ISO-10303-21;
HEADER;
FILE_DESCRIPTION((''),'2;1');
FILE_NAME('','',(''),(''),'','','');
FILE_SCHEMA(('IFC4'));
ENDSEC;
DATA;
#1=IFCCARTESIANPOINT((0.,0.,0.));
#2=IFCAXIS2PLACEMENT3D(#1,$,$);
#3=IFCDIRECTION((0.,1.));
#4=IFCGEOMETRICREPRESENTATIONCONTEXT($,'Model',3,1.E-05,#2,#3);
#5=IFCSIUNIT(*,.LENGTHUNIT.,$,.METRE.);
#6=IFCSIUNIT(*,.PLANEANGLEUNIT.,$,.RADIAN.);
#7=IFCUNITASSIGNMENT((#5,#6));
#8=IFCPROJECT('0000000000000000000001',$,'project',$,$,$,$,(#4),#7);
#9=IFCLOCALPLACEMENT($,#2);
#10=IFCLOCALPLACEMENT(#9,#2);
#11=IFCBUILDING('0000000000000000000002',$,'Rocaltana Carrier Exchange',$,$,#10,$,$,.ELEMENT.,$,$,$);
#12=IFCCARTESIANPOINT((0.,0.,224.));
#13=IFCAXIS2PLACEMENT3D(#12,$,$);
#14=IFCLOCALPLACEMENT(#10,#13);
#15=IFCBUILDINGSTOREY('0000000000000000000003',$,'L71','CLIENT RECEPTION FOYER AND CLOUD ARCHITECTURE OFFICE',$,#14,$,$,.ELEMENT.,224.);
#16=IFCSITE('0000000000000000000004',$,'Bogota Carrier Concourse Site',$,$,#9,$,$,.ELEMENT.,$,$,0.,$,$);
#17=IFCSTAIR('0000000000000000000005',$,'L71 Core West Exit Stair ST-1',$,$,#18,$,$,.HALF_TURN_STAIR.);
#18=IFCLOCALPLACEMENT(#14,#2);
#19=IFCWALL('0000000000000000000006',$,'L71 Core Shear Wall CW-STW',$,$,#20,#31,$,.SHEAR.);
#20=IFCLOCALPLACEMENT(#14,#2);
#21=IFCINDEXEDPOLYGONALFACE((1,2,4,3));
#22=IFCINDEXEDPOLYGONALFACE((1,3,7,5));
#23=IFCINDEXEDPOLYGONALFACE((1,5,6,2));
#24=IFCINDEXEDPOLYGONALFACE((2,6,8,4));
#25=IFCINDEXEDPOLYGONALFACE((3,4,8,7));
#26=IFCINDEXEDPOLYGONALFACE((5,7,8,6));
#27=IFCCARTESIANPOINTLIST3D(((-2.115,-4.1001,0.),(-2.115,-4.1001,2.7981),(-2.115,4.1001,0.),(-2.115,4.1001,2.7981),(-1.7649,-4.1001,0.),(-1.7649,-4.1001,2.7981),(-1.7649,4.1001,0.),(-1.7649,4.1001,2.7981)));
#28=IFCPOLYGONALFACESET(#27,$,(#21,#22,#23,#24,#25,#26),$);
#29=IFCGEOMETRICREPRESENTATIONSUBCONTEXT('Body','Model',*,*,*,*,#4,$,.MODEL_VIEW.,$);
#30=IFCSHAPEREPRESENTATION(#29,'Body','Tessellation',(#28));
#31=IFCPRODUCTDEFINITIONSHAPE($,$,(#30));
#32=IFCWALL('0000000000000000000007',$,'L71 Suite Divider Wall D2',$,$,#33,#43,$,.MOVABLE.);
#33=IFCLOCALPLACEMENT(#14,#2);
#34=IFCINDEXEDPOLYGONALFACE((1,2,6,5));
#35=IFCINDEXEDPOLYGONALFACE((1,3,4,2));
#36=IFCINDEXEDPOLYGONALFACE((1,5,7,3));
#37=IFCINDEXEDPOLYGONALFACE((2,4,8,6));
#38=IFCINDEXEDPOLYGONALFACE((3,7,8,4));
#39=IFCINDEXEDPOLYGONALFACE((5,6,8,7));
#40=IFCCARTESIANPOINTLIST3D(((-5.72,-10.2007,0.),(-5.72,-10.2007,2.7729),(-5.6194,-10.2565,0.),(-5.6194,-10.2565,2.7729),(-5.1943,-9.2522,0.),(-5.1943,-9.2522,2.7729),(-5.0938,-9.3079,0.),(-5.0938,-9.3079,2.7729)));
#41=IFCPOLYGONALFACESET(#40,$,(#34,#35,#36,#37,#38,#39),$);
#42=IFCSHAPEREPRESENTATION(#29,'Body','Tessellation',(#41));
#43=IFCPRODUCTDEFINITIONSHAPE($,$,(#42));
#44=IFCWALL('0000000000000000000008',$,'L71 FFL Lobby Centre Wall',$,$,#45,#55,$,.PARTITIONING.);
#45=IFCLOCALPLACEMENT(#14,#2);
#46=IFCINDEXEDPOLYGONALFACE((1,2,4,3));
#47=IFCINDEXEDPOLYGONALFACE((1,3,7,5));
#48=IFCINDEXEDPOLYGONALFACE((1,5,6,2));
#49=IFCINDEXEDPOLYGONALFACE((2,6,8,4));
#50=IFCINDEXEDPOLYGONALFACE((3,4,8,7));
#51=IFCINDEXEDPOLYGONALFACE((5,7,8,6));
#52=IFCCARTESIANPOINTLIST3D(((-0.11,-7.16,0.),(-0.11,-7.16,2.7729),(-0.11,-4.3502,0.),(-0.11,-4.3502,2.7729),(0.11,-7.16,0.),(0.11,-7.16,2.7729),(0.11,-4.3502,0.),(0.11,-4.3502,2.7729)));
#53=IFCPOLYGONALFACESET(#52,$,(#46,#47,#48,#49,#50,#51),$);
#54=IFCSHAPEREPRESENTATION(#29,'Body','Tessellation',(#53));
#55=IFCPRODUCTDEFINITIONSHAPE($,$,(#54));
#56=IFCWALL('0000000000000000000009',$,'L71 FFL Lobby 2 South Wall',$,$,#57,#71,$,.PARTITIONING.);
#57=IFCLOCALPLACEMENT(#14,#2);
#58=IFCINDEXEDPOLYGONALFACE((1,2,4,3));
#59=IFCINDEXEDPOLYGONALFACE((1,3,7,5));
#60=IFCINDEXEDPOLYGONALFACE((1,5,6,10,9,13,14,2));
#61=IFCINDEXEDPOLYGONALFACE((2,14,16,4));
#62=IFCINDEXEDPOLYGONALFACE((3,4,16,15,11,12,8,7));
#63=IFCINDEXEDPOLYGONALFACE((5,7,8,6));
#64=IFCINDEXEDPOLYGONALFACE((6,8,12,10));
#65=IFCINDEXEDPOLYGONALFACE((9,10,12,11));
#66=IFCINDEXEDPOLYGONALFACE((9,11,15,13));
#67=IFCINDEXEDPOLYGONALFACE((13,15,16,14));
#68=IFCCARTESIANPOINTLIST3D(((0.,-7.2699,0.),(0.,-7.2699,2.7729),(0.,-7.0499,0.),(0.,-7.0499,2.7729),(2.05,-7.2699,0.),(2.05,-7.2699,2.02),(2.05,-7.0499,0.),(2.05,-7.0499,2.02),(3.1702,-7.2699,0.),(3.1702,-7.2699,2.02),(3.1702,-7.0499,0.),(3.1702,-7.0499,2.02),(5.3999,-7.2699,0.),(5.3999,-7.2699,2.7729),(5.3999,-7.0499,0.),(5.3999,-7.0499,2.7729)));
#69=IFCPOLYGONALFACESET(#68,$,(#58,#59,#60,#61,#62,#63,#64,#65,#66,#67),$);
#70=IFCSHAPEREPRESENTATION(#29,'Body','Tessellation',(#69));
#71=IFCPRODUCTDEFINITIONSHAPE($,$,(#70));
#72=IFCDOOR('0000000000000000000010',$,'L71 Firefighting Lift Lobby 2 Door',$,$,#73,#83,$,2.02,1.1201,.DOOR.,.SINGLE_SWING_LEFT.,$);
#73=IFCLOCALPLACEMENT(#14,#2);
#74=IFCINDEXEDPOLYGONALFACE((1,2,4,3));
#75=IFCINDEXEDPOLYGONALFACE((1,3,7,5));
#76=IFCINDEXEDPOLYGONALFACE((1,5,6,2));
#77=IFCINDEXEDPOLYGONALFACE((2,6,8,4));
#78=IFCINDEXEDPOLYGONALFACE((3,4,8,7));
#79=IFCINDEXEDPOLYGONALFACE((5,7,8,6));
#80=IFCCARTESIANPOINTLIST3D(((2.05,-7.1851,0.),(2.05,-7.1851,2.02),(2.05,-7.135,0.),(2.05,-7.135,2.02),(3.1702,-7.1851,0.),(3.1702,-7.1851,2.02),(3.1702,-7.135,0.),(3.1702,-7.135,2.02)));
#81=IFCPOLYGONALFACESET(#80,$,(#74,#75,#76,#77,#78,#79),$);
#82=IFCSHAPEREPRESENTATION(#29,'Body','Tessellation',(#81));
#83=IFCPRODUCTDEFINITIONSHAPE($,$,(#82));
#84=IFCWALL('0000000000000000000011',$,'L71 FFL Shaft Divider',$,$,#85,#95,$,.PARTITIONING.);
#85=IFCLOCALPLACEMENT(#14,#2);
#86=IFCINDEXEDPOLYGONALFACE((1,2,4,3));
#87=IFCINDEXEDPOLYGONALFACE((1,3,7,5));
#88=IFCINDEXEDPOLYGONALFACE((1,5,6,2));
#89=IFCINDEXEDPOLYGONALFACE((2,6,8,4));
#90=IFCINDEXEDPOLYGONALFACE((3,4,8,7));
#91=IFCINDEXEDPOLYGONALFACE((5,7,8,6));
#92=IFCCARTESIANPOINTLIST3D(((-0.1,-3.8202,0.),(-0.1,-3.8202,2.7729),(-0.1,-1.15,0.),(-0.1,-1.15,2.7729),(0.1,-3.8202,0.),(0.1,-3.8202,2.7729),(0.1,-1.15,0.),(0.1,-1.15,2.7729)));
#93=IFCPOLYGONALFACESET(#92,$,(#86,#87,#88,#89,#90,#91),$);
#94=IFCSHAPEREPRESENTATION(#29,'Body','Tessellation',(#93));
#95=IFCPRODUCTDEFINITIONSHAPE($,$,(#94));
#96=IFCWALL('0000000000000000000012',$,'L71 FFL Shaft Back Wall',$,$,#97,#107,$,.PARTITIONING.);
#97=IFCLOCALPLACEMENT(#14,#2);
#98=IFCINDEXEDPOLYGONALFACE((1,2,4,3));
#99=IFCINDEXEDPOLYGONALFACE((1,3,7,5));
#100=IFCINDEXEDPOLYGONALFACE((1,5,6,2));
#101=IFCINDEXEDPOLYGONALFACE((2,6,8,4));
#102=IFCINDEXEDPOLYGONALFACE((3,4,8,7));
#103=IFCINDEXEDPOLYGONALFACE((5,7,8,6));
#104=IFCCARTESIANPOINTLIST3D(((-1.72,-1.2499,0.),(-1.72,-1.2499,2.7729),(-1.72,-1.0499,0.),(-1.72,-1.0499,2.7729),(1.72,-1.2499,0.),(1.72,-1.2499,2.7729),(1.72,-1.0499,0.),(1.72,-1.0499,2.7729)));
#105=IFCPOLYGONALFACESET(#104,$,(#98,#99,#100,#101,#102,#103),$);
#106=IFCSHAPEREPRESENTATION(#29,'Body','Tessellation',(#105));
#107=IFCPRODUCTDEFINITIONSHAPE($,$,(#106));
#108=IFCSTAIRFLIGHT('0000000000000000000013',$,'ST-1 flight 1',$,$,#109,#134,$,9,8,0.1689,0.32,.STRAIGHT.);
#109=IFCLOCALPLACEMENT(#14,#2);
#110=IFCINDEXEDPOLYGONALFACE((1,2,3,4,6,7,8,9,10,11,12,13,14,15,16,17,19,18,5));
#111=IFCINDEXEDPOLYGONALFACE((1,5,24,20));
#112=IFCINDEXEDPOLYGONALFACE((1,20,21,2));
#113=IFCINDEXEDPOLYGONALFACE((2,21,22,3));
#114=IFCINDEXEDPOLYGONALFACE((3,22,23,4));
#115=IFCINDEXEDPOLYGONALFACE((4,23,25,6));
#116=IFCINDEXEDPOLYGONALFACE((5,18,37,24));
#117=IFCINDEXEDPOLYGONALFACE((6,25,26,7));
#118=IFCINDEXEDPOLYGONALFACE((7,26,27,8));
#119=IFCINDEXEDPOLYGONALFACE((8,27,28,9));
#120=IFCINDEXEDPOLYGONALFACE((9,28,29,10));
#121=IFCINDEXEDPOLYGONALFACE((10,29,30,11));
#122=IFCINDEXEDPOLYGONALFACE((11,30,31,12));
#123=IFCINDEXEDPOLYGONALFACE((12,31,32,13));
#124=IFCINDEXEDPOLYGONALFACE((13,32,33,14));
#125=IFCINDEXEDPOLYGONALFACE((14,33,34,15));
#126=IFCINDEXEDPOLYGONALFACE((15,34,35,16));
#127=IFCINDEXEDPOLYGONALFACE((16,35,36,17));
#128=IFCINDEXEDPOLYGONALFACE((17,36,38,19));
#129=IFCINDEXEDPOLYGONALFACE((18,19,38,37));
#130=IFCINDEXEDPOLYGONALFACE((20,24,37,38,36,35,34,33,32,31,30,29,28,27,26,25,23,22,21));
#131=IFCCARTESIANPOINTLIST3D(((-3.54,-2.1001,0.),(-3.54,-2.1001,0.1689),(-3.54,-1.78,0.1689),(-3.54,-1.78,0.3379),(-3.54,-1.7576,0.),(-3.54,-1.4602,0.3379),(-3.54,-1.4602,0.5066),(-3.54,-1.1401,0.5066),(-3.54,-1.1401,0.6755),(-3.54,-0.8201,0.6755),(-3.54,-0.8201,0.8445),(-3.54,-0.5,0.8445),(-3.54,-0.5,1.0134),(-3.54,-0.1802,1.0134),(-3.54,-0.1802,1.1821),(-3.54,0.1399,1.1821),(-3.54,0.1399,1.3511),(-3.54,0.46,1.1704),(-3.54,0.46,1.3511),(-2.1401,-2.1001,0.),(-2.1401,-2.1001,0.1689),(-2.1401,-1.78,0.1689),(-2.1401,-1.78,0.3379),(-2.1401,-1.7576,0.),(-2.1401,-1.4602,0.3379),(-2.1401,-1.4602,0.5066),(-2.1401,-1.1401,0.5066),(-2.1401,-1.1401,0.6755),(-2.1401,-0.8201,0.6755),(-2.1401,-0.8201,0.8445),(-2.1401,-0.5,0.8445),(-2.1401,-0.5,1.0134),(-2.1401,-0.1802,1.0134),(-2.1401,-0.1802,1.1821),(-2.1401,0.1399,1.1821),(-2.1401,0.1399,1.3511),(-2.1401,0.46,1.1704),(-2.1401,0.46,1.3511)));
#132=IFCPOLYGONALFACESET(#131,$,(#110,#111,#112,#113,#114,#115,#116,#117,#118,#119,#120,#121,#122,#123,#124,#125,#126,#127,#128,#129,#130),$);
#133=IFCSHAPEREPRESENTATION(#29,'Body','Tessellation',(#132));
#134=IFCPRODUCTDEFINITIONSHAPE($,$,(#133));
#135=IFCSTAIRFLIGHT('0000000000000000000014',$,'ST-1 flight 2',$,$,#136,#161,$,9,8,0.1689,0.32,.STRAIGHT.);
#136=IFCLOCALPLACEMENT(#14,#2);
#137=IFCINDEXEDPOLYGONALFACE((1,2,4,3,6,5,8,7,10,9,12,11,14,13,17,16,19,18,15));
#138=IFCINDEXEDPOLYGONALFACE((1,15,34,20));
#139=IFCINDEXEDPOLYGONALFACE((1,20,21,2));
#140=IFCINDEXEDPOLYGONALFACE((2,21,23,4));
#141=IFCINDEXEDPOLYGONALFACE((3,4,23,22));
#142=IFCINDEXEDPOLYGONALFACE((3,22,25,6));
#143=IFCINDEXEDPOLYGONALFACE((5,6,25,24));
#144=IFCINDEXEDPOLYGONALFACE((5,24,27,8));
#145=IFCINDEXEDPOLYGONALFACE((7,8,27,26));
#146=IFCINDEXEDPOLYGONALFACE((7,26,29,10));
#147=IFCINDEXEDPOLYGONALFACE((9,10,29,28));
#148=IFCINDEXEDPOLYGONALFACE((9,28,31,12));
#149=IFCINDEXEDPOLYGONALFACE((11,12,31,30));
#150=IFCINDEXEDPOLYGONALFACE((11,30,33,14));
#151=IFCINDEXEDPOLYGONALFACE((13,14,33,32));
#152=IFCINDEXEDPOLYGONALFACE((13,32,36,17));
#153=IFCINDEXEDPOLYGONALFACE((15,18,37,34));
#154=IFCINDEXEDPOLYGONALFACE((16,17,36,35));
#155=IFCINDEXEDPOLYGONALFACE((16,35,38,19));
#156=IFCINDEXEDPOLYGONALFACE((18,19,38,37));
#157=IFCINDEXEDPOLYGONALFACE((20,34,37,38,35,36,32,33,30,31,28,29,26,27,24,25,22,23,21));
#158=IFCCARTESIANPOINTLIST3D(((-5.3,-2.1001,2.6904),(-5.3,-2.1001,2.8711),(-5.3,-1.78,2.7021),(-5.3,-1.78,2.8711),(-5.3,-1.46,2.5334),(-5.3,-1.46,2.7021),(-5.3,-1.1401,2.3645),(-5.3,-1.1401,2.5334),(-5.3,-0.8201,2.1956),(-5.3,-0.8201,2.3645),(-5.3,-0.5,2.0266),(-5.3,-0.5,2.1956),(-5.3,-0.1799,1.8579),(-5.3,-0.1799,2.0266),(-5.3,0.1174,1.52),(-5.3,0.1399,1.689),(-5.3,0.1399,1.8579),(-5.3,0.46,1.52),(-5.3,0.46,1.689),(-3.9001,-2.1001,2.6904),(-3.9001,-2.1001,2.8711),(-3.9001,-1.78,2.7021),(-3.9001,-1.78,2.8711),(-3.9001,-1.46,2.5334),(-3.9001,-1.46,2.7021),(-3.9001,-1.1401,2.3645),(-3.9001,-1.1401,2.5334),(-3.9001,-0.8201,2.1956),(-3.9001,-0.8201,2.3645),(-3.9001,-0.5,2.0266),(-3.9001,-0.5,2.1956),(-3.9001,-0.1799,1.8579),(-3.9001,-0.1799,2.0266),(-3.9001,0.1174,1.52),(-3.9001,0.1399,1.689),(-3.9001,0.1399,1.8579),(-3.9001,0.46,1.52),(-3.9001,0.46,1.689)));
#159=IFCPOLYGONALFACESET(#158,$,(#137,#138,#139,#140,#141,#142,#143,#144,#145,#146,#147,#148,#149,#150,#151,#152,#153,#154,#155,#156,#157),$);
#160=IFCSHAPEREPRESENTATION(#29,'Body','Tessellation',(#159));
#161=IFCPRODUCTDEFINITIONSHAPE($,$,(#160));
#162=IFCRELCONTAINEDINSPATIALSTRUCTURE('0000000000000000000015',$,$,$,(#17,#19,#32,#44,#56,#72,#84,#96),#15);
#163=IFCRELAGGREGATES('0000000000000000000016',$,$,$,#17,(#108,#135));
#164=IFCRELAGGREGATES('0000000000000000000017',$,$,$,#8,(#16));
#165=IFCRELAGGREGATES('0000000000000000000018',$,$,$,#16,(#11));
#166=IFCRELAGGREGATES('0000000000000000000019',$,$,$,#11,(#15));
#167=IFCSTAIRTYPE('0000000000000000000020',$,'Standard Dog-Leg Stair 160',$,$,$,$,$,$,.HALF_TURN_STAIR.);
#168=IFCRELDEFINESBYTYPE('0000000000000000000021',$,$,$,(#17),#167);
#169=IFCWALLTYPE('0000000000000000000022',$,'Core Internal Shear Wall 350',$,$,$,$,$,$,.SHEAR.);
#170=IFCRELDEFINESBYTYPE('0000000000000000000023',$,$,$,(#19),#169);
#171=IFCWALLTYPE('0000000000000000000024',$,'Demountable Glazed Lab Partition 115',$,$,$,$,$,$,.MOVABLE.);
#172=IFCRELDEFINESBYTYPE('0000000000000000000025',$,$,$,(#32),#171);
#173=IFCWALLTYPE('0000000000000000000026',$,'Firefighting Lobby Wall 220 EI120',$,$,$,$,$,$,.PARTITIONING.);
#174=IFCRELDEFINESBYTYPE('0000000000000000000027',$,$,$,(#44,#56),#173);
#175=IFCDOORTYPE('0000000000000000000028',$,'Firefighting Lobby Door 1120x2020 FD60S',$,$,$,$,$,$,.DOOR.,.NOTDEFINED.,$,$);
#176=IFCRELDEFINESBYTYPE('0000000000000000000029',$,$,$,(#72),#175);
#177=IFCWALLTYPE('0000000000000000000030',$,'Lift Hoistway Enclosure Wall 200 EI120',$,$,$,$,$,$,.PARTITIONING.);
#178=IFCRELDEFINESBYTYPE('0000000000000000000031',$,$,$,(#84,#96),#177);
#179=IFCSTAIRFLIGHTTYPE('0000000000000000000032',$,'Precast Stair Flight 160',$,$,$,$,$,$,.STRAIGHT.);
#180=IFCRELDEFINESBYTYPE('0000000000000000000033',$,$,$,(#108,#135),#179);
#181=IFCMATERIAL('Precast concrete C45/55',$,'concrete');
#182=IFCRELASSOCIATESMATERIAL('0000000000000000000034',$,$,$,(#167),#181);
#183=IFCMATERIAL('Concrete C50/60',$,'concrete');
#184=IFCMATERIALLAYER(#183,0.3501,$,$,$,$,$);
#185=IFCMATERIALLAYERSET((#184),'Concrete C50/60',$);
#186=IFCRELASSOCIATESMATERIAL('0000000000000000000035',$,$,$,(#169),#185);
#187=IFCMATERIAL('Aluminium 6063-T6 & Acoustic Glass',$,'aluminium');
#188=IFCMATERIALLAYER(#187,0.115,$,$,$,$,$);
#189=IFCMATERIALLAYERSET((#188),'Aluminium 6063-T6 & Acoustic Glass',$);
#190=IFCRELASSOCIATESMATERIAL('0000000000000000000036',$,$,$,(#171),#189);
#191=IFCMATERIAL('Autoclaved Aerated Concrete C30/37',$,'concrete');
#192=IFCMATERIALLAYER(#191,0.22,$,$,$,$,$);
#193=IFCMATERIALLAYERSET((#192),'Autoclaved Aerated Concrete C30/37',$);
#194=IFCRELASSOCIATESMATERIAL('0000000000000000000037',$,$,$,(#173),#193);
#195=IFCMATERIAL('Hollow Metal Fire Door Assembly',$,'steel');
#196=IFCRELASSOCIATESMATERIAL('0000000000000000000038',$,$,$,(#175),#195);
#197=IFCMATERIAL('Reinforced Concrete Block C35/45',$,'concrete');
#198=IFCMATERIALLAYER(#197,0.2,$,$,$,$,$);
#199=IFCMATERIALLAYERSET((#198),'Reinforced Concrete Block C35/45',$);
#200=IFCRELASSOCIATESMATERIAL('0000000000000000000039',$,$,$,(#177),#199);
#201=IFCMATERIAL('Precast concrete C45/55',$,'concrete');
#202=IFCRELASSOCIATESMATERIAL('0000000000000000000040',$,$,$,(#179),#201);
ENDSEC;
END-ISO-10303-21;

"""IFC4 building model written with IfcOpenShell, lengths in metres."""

from ifc_helpers import new_model, si_unit, direction, frame, frame_2d, origin, place, context, subcontext, project, spatial, polyline, rectangle, outline, extrude, material, layer, layer_set, type_object, element, fill, aggregate, save


model = new_model("IFC4")

# Units and contexts
model_context = context("Model", 3, precision=1e-05, world=origin(), true_north=direction((0.0, 1.0)))
body_context = subcontext(model_context, "Body", "Model", "MODEL_VIEW")
ifc_project = project(units=[si_unit("LENGTHUNIT", "METRE"), si_unit("PLANEANGLEUNIT", "RADIAN")], contexts=[model_context])

# Site, building, storey
site_placement = place(None, origin())
site = spatial("IfcSite", under=ifc_project, at=site_placement, Name="Bogota Carrier Concourse Site", CompositionType="ELEMENT", RefElevation=0.0)
building_placement = place(site_placement, origin())
building = spatial("IfcBuilding", under=site, at=building_placement, Name="Rocaltana Carrier Exchange", CompositionType="ELEMENT")
storey_placement = place(building_placement, frame((0.0, 0.0, 224.0)))
storey = spatial("IfcBuildingStorey", under=building, at=storey_placement, Name="L71", Description="CLIENT RECEPTION FOYER AND CLOUD ARCHITECTURE OFFICE", CompositionType="ELEMENT", Elevation=224.0)

# Stair
ifc_material_1 = material(Name="Precast concrete C45/55", Category="concrete")
stair_type = type_object("IfcStairType", Name="Standard Dog-Leg Stair 160", PredefinedType="HALF_TURN_STAIR", material=ifc_material_1)
stair_1_placement = place(storey_placement, origin())
stair_1 = element("IfcStair", 1, at=stair_1_placement, inside=storey, type_object=stair_type, Name="L71 Core West Exit Stair ST-1", PredefinedType="HALF_TURN_STAIR")

# Walls
ifc_material_2 = material(Name="Concrete C50/60", Category="concrete")
ifc_layer_1 = layer(ifc_material_2, 0.3501)
ifc_layer_set_1 = layer_set([ifc_layer_1], Name="Concrete C50/60")
wall_type_1 = type_object("IfcWallType", Name="Core Internal Shear Wall 350", PredefinedType="SHEAR", material=ifc_layer_set_1)
wall_1_placement = place(storey_placement, frame((-1.9399, -4.1001, 0.0), z_axis=(0.0, 0.0, 1.0), x_axis=(0.0, 1.0, 0.0)))
element("IfcWall", 2, at=wall_1_placement, inside=storey, type_object=wall_type_1, Name="L71 Core Shear Wall CW-STW", PredefinedType="SHEAR", context=body_context, shape_type="SweptSolid", body=[
    extrude(rectangle(XDim=8.2002, YDim=0.3501, at=frame_2d((4.1001, 0.0))), origin(), (0.0, 0.0, 1.0), 2.7981),
])
ifc_material_3 = material(Name="Aluminium 6063-T6 & Acoustic Glass", Category="aluminium")
ifc_layer_2 = layer(ifc_material_3, 0.115)
ifc_layer_set_2 = layer_set([ifc_layer_2], Name="Aluminium 6063-T6 & Acoustic Glass")
wall_type_2 = type_object("IfcWallType", Name="Demountable Glazed Lab Partition 115", PredefinedType="MOVABLE", material=ifc_layer_set_2)
wall_2_placement = place(storey_placement, frame((-5.144, -9.28, 0.0), z_axis=(0.0, 0.0, 1.0), x_axis=(-0.484725, -0.874667, 0.0)))
element("IfcWall", 3, at=wall_2_placement, inside=storey, type_object=wall_type_2, Name="L71 Suite Divider Wall D2", PredefinedType="MOVABLE", context=body_context, shape_type="SweptSolid", body=[
    extrude(rectangle(XDim=1.0845, YDim=0.115, at=frame_2d((0.5422, 0.0))), origin(), (0.0, 0.0, 1.0), 2.7729),
])
ifc_material_4 = material(Name="Autoclaved Aerated Concrete C30/37", Category="concrete")
ifc_layer_3 = layer(ifc_material_4, 0.22)
ifc_layer_set_3 = layer_set([ifc_layer_3], Name="Autoclaved Aerated Concrete C30/37")
wall_type_3 = type_object("IfcWallType", Name="Firefighting Lobby Wall 220 EI120", PredefinedType="PARTITIONING", material=ifc_layer_set_3)
wall_3_placement = place(storey_placement, frame((0.0, -7.1599, 0.0), z_axis=(0.0, 0.0, 1.0), x_axis=(0.0, 1.0, 0.0)))
element("IfcWall", 4, at=wall_3_placement, inside=storey, type_object=wall_type_3, Name="L71 FFL Lobby Centre Wall", PredefinedType="PARTITIONING", context=body_context, shape_type="SweptSolid", body=[
    extrude(rectangle(XDim=2.8098, YDim=0.22, at=frame_2d((1.4048, 0.0))), origin(), (0.0, 0.0, 1.0), 2.7729),
])

# Wall, opening, door
wall_4_placement = place(storey_placement, frame((0.0, -7.1599, 0.0), z_axis=(0.0, 0.0, 1.0), x_axis=(1.0, 0.0, 0.0)))
wall_4 = element("IfcWall", 5, at=wall_4_placement, inside=storey, type_object=wall_type_3, Name="L71 FFL Lobby 2 South Wall", PredefinedType="PARTITIONING", context=body_context, shape_type="SweptSolid", body=[
    extrude(rectangle(XDim=5.3999, YDim=0.22, at=frame_2d((2.7, 0.0))), origin(), (0.0, 0.0, 1.0), 2.7729),
])
opening_placement = place(wall_4_placement, frame((2.05, 0.0, 0.0)))
opening = element("IfcOpeningElement", 6, at=opening_placement, cuts=wall_4, PredefinedType="OPENING", context=body_context, shape_type="SweptSolid", body=[
    extrude(rectangle(XDim=1.1201, YDim=2.02, at=frame_2d((0.5601, 1.01))), frame((0.0, 0.1199, 0.0), z_axis=(0.0, -1.0, 0.0), x_axis=(1.0, 0.0, 0.0)), (0.0, 0.0, 1.0), 0.24),
])
ifc_material_5 = material(Name="Hollow Metal Fire Door Assembly", Category="steel")
door_type = type_object("IfcDoorType", Name="Firefighting Lobby Door 1120x2020 FD60S", OperationType="NOTDEFINED", PredefinedType="DOOR", material=ifc_material_5)
door_placement = place(opening_placement, origin())
door = element("IfcDoor", 7, at=door_placement, inside=storey, type_object=door_type, Name="L71 Firefighting Lift Lobby 2 Door", OperationType="SINGLE_SWING_LEFT", OverallHeight=2.02, OverallWidth=1.1201, PredefinedType="DOOR", context=body_context, shape_type="SweptSolid", body=[
    extrude(rectangle(XDim=1.1201, YDim=2.02, at=frame_2d((0.5601, 1.01))), frame((0.0, 0.0249, 0.0), z_axis=(0.0, -1.0, 0.0), x_axis=(1.0, 0.0, 0.0)), (0.0, 0.0, 1.0), 0.05),
])
fill(opening, door)

# Walls
ifc_material_6 = material(Name="Reinforced Concrete Block C35/45", Category="concrete")
ifc_layer_4 = layer(ifc_material_6, 0.2)
ifc_layer_set_4 = layer_set([ifc_layer_4], Name="Reinforced Concrete Block C35/45")
wall_type_4 = type_object("IfcWallType", Name="Lift Hoistway Enclosure Wall 200 EI120", PredefinedType="PARTITIONING", material=ifc_layer_set_4)
wall_5_placement = place(storey_placement, frame((0.0, -3.8201, 0.0), z_axis=(0.0, 0.0, 1.0), x_axis=(0.0, 1.0, 0.0)))
element("IfcWall", 8, at=wall_5_placement, inside=storey, type_object=wall_type_4, Name="L71 FFL Shaft Divider", PredefinedType="PARTITIONING", context=body_context, shape_type="SweptSolid", body=[
    extrude(rectangle(XDim=2.6702, YDim=0.2, at=frame_2d((1.335, 0.0))), origin(), (0.0, 0.0, 1.0), 2.7729),
])
wall_6_placement = place(storey_placement, frame((-1.72, -1.1499, 0.0), z_axis=(0.0, 0.0, 1.0), x_axis=(1.0, 0.0, 0.0)))
element("IfcWall", 9, at=wall_6_placement, inside=storey, type_object=wall_type_4, Name="L71 FFL Shaft Back Wall", PredefinedType="PARTITIONING", context=body_context, shape_type="SweptSolid", body=[
    extrude(rectangle(XDim=3.4399, YDim=0.2, at=frame_2d((1.72, 0.0))), origin(), (0.0, 0.0, 1.0), 2.7729),
])

# Stair flights
ifc_material_7 = material(Name="Precast concrete C45/55", Category="concrete")
stair_flight_type = type_object("IfcStairFlightType", Name="Precast Stair Flight 160", PredefinedType="STRAIGHT", material=ifc_material_7)
stair_flight_1_placement = place(storey_placement, frame((-2.8401, -2.1001, 0.0), z_axis=(0.0, 0.0, 1.0), x_axis=(0.0, 1.0, 0.0)))
stair_flight_1 = element("IfcStairFlight", 10, at=stair_flight_1_placement, type_object=stair_flight_type, Name="ST-1 flight 1", NumberOfRisers=9, NumberOfTreads=8, PredefinedType="STRAIGHT", RiserHeight=0.1689, TreadLength=0.32, context=body_context, shape_type="SweptSolid", body=[
    extrude(outline(polyline([(0.0, 0.0), (0.0, 0.1689), (0.3201, 0.1689), (0.3201, 0.3379), (0.6399, 0.3379), (0.6399, 0.5066), (0.96, 0.5066), (0.96, 0.6755), (1.28, 0.6755), (1.28, 0.8445), (1.6001, 0.8445), (1.6001, 1.0134), (1.9199, 1.0134), (1.9199, 1.1821), (2.24, 1.1821), (2.24, 1.3511), (2.5601, 1.3511), (2.5601, 1.52), (2.5601, 1.1704), (0.3425, 0.0), (0.0, 0.0)])), frame((0.0, 0.7, 0.0), z_axis=(0.0, -1.0, 0.0), x_axis=(1.0, 0.0, 0.0)), (0.0, 0.0, 1.0), 1.3999),
])
stair_flight_2_placement = place(storey_placement, frame((-4.6001, 0.46, 1.52), z_axis=(0.0, 0.0, 1.0), x_axis=(0.0, -1.0, 0.0)))
stair_flight_2 = element("IfcStairFlight", 11, at=stair_flight_2_placement, type_object=stair_flight_type, Name="ST-1 flight 2", NumberOfRisers=9, NumberOfTreads=8, PredefinedType="STRAIGHT", RiserHeight=0.1689, TreadLength=0.32, context=body_context, shape_type="SweptSolid", body=[
    extrude(outline(polyline([(0.0, 0.0), (0.0, 0.1689), (0.3201, 0.1689), (0.3201, 0.3379), (0.6399, 0.3379), (0.6399, 0.5066), (0.96, 0.5066), (0.96, 0.6755), (1.28, 0.6755), (1.28, 0.8445), (1.6001, 0.8445), (1.6001, 1.0134), (1.9199, 1.0134), (1.9199, 1.1821), (2.24, 1.1821), (2.24, 1.3511), (2.5601, 1.3511), (2.5601, 1.52), (2.5601, 1.1704), (0.3425, 0.0), (0.0, 0.0)])), frame((0.0, 0.7, 0.0), z_axis=(0.0, -1.0, 0.0), x_axis=(1.0, 0.0, 0.0)), (0.0, 0.0, 1.0), 1.3999),
])
aggregate(stair_1, [stair_flight_1, stair_flight_2])

save(model, "model.ifc")
